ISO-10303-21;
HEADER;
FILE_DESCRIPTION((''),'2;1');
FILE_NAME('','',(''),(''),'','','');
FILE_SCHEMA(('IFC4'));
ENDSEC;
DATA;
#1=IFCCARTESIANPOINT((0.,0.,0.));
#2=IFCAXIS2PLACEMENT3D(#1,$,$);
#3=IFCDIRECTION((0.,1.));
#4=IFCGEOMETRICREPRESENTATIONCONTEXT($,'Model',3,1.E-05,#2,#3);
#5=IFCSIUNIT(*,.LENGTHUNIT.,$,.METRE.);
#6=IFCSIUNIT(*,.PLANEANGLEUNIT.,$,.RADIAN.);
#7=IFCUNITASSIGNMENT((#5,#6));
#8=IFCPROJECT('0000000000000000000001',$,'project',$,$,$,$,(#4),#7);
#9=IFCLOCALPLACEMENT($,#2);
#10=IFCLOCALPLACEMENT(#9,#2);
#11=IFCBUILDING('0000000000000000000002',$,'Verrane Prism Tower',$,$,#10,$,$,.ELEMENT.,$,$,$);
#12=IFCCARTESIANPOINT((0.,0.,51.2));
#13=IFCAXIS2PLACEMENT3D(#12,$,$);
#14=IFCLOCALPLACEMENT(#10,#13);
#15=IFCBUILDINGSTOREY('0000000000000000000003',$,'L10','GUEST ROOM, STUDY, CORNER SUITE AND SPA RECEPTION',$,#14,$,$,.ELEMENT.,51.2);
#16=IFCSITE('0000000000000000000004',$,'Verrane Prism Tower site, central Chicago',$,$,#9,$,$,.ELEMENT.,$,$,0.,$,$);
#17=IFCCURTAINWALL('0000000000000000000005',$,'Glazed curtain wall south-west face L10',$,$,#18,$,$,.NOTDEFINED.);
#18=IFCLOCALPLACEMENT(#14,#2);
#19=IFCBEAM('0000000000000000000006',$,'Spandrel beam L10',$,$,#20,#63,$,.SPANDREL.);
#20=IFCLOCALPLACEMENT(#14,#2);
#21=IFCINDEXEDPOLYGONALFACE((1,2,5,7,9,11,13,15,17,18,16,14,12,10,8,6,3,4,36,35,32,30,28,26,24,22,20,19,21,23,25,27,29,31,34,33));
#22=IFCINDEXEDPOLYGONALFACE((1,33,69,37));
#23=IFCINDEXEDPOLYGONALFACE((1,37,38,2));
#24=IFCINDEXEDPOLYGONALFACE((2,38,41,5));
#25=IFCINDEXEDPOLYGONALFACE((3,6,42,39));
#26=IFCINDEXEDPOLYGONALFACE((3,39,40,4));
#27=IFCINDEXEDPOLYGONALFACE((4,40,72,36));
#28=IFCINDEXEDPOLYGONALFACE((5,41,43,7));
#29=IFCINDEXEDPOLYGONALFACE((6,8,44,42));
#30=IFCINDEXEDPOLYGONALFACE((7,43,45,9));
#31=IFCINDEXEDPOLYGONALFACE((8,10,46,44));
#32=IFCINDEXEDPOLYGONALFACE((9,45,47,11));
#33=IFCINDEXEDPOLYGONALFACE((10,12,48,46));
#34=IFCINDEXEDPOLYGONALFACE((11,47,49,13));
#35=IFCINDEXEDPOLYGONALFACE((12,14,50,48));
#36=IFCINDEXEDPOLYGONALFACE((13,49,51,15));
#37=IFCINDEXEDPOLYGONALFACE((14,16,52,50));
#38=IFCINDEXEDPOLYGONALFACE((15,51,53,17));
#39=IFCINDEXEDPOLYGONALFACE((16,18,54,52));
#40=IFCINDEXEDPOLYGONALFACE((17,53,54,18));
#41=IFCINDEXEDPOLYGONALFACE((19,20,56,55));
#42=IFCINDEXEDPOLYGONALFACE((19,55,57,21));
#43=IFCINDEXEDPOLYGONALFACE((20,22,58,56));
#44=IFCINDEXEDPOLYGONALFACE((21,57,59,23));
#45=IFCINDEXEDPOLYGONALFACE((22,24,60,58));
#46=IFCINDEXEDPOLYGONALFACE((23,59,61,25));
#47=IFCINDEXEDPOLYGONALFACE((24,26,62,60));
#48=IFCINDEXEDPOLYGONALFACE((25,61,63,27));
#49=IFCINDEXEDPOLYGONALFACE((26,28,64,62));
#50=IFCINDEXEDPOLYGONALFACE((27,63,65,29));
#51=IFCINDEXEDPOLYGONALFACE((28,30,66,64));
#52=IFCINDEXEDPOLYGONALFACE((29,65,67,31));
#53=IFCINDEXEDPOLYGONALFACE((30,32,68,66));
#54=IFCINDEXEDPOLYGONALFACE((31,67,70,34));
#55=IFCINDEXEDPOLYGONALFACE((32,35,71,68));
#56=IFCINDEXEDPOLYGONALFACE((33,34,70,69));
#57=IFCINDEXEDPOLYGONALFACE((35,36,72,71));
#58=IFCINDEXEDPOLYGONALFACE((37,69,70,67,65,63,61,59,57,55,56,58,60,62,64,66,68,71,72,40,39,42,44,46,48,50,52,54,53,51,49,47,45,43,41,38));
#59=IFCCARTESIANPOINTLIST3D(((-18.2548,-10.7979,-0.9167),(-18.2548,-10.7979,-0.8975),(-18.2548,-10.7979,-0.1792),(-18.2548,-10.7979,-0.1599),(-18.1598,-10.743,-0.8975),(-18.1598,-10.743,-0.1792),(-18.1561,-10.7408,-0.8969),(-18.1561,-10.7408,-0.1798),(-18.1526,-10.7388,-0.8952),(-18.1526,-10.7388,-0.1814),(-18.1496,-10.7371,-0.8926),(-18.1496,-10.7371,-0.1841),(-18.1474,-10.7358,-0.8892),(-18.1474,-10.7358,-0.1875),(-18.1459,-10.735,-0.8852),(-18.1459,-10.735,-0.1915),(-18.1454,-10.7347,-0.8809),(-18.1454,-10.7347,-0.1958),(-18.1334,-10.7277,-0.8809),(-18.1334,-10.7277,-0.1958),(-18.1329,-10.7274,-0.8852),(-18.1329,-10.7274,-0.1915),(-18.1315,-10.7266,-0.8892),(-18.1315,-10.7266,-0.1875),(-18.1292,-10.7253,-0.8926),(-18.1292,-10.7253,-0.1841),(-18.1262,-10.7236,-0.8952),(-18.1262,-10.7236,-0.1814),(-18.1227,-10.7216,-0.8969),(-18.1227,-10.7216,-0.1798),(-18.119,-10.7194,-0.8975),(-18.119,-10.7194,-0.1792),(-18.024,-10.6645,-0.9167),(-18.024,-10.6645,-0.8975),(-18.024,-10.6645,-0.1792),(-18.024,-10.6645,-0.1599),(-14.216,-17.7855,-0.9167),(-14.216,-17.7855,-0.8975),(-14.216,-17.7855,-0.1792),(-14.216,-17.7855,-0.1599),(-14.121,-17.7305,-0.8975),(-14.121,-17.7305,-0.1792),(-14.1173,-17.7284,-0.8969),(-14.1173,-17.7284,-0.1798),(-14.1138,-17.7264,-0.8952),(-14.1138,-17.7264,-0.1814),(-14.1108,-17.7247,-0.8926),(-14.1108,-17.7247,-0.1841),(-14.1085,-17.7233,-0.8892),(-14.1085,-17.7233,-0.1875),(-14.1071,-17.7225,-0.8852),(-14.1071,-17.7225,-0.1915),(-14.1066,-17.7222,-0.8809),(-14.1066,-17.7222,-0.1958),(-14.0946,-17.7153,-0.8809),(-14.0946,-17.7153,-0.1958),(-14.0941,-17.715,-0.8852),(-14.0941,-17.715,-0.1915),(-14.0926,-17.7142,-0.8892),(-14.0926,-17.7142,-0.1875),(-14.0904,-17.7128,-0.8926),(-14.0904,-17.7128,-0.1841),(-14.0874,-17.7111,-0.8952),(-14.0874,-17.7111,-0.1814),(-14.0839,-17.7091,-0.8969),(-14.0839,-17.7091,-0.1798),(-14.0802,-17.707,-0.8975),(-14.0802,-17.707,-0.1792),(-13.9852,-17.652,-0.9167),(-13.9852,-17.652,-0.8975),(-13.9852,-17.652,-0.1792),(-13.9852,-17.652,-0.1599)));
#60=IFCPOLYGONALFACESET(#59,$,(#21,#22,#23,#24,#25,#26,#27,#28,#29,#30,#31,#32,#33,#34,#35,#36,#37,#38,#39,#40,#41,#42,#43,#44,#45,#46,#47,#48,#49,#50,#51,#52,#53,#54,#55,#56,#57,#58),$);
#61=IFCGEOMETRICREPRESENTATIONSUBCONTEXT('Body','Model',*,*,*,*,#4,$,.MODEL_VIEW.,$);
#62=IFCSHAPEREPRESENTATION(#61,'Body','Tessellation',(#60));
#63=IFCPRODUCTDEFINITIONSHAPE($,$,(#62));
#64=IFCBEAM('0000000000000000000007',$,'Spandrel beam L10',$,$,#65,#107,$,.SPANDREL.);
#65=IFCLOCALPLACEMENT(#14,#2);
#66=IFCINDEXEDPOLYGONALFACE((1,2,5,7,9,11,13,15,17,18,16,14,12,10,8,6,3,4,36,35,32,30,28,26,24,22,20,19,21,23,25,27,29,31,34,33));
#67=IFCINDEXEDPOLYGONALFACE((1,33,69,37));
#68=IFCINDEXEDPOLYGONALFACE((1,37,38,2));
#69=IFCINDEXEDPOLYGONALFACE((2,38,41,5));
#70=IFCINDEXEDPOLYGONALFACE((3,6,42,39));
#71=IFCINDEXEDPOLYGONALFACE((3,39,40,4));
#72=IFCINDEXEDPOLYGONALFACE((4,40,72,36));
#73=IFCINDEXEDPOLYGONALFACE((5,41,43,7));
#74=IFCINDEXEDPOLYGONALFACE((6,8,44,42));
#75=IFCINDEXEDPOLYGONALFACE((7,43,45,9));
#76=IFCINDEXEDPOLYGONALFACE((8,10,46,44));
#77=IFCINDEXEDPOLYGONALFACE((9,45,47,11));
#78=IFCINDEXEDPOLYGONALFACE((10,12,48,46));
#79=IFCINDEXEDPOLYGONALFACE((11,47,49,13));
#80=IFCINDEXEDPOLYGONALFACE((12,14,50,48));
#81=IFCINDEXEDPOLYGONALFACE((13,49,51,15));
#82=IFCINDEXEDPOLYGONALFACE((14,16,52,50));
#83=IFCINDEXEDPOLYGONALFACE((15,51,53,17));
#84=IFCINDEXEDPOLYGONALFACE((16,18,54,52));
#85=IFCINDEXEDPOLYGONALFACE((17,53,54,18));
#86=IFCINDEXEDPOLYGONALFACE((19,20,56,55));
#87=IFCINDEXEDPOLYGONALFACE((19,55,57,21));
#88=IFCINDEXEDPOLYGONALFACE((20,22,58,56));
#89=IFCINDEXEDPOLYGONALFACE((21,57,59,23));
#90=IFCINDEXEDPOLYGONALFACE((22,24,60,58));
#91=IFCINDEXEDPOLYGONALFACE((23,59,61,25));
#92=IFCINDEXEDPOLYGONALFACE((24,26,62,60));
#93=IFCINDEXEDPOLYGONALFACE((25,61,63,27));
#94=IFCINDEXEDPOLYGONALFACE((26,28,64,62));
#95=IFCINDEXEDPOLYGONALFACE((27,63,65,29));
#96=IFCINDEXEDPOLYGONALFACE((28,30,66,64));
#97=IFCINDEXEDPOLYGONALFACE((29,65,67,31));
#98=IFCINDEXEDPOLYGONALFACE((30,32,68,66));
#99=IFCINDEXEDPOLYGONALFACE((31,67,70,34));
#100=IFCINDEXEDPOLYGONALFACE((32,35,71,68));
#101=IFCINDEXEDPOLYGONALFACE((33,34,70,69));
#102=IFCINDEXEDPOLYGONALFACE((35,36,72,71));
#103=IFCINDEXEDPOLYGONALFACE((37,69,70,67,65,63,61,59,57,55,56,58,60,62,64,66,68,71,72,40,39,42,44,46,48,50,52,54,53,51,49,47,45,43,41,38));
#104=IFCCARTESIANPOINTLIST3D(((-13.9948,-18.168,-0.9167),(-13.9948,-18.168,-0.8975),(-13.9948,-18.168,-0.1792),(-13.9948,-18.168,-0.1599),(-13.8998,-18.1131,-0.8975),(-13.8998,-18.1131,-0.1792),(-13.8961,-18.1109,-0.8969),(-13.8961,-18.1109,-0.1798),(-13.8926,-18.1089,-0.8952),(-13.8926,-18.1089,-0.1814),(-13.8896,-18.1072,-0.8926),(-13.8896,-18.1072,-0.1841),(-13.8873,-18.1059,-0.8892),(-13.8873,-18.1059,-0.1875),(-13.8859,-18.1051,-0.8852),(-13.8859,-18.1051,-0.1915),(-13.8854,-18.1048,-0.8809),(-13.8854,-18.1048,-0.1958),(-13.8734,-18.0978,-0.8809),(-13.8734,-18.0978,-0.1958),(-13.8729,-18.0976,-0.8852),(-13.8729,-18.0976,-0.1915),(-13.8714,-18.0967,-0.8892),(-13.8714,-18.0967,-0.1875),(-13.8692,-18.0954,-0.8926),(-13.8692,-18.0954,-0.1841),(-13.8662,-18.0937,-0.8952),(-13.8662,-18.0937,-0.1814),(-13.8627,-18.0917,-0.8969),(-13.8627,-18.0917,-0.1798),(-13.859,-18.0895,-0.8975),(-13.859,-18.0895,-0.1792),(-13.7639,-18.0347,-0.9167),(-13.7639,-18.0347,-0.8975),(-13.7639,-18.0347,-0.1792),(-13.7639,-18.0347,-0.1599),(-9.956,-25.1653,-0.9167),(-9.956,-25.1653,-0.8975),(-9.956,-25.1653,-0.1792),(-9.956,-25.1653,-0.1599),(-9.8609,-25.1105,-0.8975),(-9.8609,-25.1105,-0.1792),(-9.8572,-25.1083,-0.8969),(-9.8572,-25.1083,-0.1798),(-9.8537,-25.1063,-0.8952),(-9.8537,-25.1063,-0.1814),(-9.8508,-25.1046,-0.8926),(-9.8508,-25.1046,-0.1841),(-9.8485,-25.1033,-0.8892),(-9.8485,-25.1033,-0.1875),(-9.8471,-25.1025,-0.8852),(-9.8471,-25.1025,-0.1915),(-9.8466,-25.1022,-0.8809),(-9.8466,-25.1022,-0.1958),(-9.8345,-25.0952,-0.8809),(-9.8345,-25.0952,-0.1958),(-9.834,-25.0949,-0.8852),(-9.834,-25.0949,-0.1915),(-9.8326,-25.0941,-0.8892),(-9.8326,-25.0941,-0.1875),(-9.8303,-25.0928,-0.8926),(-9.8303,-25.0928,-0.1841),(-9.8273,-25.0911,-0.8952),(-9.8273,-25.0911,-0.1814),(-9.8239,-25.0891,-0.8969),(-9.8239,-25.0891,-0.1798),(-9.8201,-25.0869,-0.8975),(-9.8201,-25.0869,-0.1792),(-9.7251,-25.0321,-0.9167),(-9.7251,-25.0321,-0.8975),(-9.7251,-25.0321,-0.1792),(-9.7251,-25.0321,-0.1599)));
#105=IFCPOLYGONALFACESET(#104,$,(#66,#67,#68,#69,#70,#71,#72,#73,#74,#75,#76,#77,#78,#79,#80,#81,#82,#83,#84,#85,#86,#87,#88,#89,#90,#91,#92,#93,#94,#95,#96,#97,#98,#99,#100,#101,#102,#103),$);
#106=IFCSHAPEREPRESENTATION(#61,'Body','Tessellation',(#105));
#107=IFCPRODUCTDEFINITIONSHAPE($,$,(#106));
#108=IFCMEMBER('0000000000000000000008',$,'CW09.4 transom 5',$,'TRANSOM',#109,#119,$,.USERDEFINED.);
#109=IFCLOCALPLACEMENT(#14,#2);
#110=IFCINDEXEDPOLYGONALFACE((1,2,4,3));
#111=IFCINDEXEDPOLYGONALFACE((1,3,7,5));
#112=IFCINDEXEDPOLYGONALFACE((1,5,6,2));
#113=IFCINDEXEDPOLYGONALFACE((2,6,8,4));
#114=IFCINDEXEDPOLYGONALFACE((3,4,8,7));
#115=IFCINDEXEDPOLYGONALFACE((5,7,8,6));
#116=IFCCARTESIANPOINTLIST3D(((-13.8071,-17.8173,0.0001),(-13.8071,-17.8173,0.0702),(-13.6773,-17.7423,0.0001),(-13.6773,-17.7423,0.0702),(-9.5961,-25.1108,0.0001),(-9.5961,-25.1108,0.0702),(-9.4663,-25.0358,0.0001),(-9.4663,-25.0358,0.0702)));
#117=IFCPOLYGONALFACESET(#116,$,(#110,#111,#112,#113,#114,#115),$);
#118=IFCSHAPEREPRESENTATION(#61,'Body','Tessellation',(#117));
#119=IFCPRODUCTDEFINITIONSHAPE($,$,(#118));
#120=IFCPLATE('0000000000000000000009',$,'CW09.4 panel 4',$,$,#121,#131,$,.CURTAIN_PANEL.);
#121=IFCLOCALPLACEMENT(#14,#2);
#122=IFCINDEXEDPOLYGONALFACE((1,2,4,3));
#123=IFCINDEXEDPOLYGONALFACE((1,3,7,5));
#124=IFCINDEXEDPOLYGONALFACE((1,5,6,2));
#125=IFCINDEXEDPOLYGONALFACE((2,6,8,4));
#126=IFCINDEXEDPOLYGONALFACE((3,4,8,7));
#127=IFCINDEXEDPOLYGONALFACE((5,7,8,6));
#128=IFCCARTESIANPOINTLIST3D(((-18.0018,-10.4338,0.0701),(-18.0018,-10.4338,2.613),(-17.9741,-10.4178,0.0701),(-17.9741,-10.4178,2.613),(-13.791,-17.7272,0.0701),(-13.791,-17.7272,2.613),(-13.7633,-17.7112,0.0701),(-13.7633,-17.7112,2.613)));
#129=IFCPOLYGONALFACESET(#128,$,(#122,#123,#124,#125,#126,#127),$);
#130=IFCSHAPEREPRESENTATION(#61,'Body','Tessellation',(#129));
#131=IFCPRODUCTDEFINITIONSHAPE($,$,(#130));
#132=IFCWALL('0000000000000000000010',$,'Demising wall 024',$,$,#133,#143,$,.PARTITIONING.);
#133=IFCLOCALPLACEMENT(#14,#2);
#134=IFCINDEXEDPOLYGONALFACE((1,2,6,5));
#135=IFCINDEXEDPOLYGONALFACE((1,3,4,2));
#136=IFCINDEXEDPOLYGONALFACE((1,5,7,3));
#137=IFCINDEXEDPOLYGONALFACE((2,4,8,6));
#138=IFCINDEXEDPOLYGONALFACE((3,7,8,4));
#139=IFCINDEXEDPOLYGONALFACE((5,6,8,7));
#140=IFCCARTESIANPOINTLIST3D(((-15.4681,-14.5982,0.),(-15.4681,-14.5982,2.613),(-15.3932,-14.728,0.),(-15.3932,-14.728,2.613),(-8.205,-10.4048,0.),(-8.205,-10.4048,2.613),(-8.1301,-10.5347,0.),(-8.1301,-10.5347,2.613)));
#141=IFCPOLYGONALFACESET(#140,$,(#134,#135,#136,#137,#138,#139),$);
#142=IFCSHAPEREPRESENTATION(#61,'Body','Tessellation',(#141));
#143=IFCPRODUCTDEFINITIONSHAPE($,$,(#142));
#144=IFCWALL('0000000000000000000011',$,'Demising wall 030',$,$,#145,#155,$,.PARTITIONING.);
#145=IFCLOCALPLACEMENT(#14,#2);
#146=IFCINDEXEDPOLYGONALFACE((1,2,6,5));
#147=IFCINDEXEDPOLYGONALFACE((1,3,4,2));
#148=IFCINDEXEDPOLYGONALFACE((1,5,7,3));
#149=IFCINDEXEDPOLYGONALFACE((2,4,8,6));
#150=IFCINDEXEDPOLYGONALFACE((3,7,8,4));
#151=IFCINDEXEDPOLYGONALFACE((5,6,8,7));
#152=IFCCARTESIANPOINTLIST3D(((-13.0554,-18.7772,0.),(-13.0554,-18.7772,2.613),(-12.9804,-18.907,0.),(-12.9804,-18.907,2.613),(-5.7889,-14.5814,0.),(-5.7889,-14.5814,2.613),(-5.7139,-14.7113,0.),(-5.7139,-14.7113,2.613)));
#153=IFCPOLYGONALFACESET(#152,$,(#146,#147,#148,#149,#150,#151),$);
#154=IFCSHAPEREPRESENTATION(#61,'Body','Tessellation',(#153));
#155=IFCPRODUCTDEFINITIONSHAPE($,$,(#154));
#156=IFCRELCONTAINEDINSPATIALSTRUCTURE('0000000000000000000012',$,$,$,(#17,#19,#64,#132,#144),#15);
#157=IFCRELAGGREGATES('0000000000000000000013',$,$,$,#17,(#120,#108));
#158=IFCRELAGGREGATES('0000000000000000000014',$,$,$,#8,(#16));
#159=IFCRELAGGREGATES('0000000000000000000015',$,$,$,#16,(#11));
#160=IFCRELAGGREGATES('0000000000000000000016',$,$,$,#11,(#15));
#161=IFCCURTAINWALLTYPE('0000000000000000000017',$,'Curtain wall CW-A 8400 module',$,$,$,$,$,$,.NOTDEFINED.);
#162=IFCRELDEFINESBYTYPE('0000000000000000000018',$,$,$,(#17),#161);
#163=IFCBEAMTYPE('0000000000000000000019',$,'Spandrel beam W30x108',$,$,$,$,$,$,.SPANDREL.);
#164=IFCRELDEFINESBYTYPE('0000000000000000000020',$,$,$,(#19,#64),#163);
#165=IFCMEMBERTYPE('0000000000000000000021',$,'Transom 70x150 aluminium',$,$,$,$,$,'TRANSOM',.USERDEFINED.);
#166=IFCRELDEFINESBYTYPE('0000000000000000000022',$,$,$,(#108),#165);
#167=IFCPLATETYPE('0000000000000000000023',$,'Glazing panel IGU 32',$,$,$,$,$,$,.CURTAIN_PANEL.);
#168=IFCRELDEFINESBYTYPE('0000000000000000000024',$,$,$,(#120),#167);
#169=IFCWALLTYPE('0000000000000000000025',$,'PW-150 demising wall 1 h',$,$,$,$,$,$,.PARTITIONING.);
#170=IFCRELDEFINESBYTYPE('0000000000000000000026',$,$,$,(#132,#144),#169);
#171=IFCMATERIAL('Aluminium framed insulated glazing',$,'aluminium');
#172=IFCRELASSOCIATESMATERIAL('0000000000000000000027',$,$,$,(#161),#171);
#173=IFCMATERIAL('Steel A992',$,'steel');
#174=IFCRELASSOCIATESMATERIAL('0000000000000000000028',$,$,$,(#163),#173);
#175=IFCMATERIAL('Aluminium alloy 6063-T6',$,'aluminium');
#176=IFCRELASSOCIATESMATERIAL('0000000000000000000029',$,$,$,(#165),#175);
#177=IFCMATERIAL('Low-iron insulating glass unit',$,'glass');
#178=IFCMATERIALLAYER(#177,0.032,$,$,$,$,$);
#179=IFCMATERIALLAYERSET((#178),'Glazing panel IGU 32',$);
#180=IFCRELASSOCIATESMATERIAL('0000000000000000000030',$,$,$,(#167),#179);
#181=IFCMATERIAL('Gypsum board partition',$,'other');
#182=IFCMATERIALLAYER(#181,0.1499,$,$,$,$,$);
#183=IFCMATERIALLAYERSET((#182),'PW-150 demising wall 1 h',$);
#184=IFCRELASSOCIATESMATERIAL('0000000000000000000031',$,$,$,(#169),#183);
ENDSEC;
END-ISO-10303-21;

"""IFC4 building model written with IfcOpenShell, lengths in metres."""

from ifc_helpers import new_model, si_unit, direction, frame, frame_2d, origin, origin_2d, place, context, subcontext, project, spatial, rectangle, i_section, extrude, material, layer, layer_set, material_profile, profile_set, type_object, element, aggregate, save


model = new_model("IFC4")

# Units and contexts
model_context = context("Model", 3, precision=1e-05, world=origin(), true_north=direction((0.0, 1.0)))
body_context = subcontext(model_context, "Body", "Model", "MODEL_VIEW")
ifc_project = project(units=[si_unit("LENGTHUNIT", "METRE"), si_unit("PLANEANGLEUNIT", "RADIAN")], contexts=[model_context])

# Site, building, storey
site_placement = place(None, origin())
site = spatial("IfcSite", under=ifc_project, at=site_placement, Name="Verrane Prism Tower site, central Chicago", CompositionType="ELEMENT", RefElevation=0.0)
building_placement = place(site_placement, origin())
building = spatial("IfcBuilding", under=site, at=building_placement, Name="Verrane Prism Tower", CompositionType="ELEMENT")
storey_placement = place(building_placement, frame((0.0, 0.0, 51.2)))
storey = spatial("IfcBuildingStorey", under=building, at=storey_placement, Name="L10", Description="GUEST ROOM, STUDY, CORNER SUITE AND SPA RECEPTION", CompositionType="ELEMENT", Elevation=51.2)

# Curtain wall
ifc_material_1 = material(Name="Aluminium framed insulated glazing", Category="aluminium")
curtain_wall_type = type_object("IfcCurtainWallType", Name="Curtain wall CW-A 8400 module", PredefinedType="NOTDEFINED", material=ifc_material_1)
curtain_wall_placement = place(storey_placement, origin())
curtain_wall = element("IfcCurtainWall", 1, at=curtain_wall_placement, inside=storey, type_object=curtain_wall_type, Name="Glazed curtain wall south-west face L10", PredefinedType="NOTDEFINED")

# Beams
ifc_material_2 = material(Name="Steel A992", Category="steel")
ifc_material_profile_1 = material_profile(ifc_material_2, i_section(OverallWidth=0.2666, OverallDepth=0.7568, WebThickness=0.0139, FlangeThickness=0.0193, FilletRadius=0.0166, at=origin_2d()), Name="W30x108")
ifc_profile_set_1 = profile_set([ifc_material_profile_1], Name="Steel A992")
beam_type_1 = type_object("IfcBeamType", Name="Spandrel beam W30x108", PredefinedType="SPANDREL", material=ifc_profile_set_1)
beam_1_placement = place(storey_placement, frame((-18.1394, -10.7312, -0.5383), z_axis=(0.500423, -0.865781, 0.0), x_axis=(0.865781, 0.500423, 0.0)))
element("IfcBeam", 2, at=beam_1_placement, inside=storey, type_object=beam_type_1, Name="Spandrel beam L10", PredefinedType="SPANDREL", context=body_context, shape_type="SweptSolid", body=[
    extrude(i_section(OverallWidth=0.2666, OverallDepth=0.7568, WebThickness=0.0139, FlangeThickness=0.0193, FilletRadius=0.0166, at=origin_2d()), origin(), (0.0, 0.0, 1.0), 8.0708),
])
beam_2_placement = place(storey_placement, frame((-13.8794, -18.1013, -0.5383), z_axis=(0.499899, -0.866083, 0.0), x_axis=(0.866083, 0.499899, 0.0)))
element("IfcBeam", 3, at=beam_2_placement, inside=storey, type_object=beam_type_1, Name="Spandrel beam L10", PredefinedType="SPANDREL", context=body_context, shape_type="SweptSolid", body=[
    extrude(i_section(OverallWidth=0.2666, OverallDepth=0.7568, WebThickness=0.0139, FlangeThickness=0.0193, FilletRadius=0.0166, at=origin_2d()), origin(), (0.0, 0.0, 1.0), 8.0793),
])

# Member
ifc_material_3 = material(Name="Aluminium alloy 6063-T6", Category="aluminium")
ifc_material_profile_2 = material_profile(ifc_material_3, rectangle(XDim=0.1499, YDim=0.0701, at=origin_2d()), Name="Transom 70x150 aluminium")
ifc_profile_set_2 = profile_set([ifc_material_profile_2], Name="Aluminium alloy 6063-T6")
member_type_1 = type_object("IfcMemberType", Name="Transom 70x150 aluminium", ElementType="TRANSOM", PredefinedType="USERDEFINED", material=ifc_profile_set_2)
member_1_placement = place(storey_placement, frame((-13.7422, -17.7798, 0.0352), z_axis=(0.500005, -0.866022, 0.0), x_axis=(0.866022, 0.500005, 0.0)))
member_1 = element("IfcMember", 4, at=member_1_placement, type_object=member_type_1, Name="CW09.4 transom 5", ObjectType="TRANSOM", PredefinedType="USERDEFINED", context=body_context, shape_type="SweptSolid", body=[
    extrude(rectangle(XDim=0.1499, YDim=0.0701, at=origin_2d()), origin(), (0.0, 0.0, 1.0), 8.4219),
])

# Plate
ifc_material_4 = material(Name="Low-iron insulating glass unit", Category="glass")
ifc_layer_1 = layer(ifc_material_4, 0.032)
ifc_layer_set_1 = layer_set([ifc_layer_1], Name="Glazing panel IGU 32")
plate_type = type_object("IfcPlateType", Name="Glazing panel IGU 32", PredefinedType="CURTAIN_PANEL", material=ifc_layer_set_1)
plate_placement = place(storey_placement, frame((-15.8826, -14.0725, 0.0701), z_axis=(0.0, 0.0, 1.0), x_axis=(0.499999, -0.866026, 0.0)))
plate = element("IfcPlate", 5, at=plate_placement, type_object=plate_type, Name="CW09.4 panel 4", PredefinedType="CURTAIN_PANEL", context=body_context, shape_type="SweptSolid", body=[
    extrude(rectangle(XDim=8.4216, YDim=0.032, at=origin_2d()), origin(), (0.0, 0.0, 1.0), 2.543),
])
aggregate(curtain_wall, [plate, member_1])

# Walls
ifc_material_5 = material(Name="Gypsum board partition", Category="other")
ifc_layer_2 = layer(ifc_material_5, 0.1499)
ifc_layer_set_2 = layer_set([ifc_layer_2], Name="PW-150 demising wall 1 h")
wall_type = type_object("IfcWallType", Name="PW-150 demising wall 1 h", PredefinedType="PARTITIONING", material=ifc_layer_set_2)
wall_1_placement = place(storey_placement, frame((-15.4307, -14.6631, 0.0), z_axis=(0.0, 0.0, 1.0), x_axis=(0.866028, 0.499996, 0.0)))
element("IfcWall", 6, at=wall_1_placement, inside=storey, type_object=wall_type, Name="Demising wall 024", PredefinedType="PARTITIONING", context=body_context, shape_type="SweptSolid", body=[
    extrude(rectangle(XDim=8.3867, YDim=0.1499, at=frame_2d((4.1934, 0.0))), origin(), (0.0, 0.0, 1.0), 2.613),
])
wall_2_placement = place(storey_placement, frame((-13.0178, -18.842, 0.0), z_axis=(0.0, 0.0, 1.0), x_axis=(0.866003, 0.500038, 0.0)))
element("IfcWall", 7, at=wall_2_placement, inside=storey, type_object=wall_type, Name="Demising wall 030", PredefinedType="PARTITIONING", context=body_context, shape_type="SweptSolid", body=[
    extrude(rectangle(XDim=8.3909, YDim=0.1499, at=frame_2d((4.1953, 0.0))), origin(), (0.0, 0.0, 1.0), 2.613),
])

save(model, "model.ifc")
